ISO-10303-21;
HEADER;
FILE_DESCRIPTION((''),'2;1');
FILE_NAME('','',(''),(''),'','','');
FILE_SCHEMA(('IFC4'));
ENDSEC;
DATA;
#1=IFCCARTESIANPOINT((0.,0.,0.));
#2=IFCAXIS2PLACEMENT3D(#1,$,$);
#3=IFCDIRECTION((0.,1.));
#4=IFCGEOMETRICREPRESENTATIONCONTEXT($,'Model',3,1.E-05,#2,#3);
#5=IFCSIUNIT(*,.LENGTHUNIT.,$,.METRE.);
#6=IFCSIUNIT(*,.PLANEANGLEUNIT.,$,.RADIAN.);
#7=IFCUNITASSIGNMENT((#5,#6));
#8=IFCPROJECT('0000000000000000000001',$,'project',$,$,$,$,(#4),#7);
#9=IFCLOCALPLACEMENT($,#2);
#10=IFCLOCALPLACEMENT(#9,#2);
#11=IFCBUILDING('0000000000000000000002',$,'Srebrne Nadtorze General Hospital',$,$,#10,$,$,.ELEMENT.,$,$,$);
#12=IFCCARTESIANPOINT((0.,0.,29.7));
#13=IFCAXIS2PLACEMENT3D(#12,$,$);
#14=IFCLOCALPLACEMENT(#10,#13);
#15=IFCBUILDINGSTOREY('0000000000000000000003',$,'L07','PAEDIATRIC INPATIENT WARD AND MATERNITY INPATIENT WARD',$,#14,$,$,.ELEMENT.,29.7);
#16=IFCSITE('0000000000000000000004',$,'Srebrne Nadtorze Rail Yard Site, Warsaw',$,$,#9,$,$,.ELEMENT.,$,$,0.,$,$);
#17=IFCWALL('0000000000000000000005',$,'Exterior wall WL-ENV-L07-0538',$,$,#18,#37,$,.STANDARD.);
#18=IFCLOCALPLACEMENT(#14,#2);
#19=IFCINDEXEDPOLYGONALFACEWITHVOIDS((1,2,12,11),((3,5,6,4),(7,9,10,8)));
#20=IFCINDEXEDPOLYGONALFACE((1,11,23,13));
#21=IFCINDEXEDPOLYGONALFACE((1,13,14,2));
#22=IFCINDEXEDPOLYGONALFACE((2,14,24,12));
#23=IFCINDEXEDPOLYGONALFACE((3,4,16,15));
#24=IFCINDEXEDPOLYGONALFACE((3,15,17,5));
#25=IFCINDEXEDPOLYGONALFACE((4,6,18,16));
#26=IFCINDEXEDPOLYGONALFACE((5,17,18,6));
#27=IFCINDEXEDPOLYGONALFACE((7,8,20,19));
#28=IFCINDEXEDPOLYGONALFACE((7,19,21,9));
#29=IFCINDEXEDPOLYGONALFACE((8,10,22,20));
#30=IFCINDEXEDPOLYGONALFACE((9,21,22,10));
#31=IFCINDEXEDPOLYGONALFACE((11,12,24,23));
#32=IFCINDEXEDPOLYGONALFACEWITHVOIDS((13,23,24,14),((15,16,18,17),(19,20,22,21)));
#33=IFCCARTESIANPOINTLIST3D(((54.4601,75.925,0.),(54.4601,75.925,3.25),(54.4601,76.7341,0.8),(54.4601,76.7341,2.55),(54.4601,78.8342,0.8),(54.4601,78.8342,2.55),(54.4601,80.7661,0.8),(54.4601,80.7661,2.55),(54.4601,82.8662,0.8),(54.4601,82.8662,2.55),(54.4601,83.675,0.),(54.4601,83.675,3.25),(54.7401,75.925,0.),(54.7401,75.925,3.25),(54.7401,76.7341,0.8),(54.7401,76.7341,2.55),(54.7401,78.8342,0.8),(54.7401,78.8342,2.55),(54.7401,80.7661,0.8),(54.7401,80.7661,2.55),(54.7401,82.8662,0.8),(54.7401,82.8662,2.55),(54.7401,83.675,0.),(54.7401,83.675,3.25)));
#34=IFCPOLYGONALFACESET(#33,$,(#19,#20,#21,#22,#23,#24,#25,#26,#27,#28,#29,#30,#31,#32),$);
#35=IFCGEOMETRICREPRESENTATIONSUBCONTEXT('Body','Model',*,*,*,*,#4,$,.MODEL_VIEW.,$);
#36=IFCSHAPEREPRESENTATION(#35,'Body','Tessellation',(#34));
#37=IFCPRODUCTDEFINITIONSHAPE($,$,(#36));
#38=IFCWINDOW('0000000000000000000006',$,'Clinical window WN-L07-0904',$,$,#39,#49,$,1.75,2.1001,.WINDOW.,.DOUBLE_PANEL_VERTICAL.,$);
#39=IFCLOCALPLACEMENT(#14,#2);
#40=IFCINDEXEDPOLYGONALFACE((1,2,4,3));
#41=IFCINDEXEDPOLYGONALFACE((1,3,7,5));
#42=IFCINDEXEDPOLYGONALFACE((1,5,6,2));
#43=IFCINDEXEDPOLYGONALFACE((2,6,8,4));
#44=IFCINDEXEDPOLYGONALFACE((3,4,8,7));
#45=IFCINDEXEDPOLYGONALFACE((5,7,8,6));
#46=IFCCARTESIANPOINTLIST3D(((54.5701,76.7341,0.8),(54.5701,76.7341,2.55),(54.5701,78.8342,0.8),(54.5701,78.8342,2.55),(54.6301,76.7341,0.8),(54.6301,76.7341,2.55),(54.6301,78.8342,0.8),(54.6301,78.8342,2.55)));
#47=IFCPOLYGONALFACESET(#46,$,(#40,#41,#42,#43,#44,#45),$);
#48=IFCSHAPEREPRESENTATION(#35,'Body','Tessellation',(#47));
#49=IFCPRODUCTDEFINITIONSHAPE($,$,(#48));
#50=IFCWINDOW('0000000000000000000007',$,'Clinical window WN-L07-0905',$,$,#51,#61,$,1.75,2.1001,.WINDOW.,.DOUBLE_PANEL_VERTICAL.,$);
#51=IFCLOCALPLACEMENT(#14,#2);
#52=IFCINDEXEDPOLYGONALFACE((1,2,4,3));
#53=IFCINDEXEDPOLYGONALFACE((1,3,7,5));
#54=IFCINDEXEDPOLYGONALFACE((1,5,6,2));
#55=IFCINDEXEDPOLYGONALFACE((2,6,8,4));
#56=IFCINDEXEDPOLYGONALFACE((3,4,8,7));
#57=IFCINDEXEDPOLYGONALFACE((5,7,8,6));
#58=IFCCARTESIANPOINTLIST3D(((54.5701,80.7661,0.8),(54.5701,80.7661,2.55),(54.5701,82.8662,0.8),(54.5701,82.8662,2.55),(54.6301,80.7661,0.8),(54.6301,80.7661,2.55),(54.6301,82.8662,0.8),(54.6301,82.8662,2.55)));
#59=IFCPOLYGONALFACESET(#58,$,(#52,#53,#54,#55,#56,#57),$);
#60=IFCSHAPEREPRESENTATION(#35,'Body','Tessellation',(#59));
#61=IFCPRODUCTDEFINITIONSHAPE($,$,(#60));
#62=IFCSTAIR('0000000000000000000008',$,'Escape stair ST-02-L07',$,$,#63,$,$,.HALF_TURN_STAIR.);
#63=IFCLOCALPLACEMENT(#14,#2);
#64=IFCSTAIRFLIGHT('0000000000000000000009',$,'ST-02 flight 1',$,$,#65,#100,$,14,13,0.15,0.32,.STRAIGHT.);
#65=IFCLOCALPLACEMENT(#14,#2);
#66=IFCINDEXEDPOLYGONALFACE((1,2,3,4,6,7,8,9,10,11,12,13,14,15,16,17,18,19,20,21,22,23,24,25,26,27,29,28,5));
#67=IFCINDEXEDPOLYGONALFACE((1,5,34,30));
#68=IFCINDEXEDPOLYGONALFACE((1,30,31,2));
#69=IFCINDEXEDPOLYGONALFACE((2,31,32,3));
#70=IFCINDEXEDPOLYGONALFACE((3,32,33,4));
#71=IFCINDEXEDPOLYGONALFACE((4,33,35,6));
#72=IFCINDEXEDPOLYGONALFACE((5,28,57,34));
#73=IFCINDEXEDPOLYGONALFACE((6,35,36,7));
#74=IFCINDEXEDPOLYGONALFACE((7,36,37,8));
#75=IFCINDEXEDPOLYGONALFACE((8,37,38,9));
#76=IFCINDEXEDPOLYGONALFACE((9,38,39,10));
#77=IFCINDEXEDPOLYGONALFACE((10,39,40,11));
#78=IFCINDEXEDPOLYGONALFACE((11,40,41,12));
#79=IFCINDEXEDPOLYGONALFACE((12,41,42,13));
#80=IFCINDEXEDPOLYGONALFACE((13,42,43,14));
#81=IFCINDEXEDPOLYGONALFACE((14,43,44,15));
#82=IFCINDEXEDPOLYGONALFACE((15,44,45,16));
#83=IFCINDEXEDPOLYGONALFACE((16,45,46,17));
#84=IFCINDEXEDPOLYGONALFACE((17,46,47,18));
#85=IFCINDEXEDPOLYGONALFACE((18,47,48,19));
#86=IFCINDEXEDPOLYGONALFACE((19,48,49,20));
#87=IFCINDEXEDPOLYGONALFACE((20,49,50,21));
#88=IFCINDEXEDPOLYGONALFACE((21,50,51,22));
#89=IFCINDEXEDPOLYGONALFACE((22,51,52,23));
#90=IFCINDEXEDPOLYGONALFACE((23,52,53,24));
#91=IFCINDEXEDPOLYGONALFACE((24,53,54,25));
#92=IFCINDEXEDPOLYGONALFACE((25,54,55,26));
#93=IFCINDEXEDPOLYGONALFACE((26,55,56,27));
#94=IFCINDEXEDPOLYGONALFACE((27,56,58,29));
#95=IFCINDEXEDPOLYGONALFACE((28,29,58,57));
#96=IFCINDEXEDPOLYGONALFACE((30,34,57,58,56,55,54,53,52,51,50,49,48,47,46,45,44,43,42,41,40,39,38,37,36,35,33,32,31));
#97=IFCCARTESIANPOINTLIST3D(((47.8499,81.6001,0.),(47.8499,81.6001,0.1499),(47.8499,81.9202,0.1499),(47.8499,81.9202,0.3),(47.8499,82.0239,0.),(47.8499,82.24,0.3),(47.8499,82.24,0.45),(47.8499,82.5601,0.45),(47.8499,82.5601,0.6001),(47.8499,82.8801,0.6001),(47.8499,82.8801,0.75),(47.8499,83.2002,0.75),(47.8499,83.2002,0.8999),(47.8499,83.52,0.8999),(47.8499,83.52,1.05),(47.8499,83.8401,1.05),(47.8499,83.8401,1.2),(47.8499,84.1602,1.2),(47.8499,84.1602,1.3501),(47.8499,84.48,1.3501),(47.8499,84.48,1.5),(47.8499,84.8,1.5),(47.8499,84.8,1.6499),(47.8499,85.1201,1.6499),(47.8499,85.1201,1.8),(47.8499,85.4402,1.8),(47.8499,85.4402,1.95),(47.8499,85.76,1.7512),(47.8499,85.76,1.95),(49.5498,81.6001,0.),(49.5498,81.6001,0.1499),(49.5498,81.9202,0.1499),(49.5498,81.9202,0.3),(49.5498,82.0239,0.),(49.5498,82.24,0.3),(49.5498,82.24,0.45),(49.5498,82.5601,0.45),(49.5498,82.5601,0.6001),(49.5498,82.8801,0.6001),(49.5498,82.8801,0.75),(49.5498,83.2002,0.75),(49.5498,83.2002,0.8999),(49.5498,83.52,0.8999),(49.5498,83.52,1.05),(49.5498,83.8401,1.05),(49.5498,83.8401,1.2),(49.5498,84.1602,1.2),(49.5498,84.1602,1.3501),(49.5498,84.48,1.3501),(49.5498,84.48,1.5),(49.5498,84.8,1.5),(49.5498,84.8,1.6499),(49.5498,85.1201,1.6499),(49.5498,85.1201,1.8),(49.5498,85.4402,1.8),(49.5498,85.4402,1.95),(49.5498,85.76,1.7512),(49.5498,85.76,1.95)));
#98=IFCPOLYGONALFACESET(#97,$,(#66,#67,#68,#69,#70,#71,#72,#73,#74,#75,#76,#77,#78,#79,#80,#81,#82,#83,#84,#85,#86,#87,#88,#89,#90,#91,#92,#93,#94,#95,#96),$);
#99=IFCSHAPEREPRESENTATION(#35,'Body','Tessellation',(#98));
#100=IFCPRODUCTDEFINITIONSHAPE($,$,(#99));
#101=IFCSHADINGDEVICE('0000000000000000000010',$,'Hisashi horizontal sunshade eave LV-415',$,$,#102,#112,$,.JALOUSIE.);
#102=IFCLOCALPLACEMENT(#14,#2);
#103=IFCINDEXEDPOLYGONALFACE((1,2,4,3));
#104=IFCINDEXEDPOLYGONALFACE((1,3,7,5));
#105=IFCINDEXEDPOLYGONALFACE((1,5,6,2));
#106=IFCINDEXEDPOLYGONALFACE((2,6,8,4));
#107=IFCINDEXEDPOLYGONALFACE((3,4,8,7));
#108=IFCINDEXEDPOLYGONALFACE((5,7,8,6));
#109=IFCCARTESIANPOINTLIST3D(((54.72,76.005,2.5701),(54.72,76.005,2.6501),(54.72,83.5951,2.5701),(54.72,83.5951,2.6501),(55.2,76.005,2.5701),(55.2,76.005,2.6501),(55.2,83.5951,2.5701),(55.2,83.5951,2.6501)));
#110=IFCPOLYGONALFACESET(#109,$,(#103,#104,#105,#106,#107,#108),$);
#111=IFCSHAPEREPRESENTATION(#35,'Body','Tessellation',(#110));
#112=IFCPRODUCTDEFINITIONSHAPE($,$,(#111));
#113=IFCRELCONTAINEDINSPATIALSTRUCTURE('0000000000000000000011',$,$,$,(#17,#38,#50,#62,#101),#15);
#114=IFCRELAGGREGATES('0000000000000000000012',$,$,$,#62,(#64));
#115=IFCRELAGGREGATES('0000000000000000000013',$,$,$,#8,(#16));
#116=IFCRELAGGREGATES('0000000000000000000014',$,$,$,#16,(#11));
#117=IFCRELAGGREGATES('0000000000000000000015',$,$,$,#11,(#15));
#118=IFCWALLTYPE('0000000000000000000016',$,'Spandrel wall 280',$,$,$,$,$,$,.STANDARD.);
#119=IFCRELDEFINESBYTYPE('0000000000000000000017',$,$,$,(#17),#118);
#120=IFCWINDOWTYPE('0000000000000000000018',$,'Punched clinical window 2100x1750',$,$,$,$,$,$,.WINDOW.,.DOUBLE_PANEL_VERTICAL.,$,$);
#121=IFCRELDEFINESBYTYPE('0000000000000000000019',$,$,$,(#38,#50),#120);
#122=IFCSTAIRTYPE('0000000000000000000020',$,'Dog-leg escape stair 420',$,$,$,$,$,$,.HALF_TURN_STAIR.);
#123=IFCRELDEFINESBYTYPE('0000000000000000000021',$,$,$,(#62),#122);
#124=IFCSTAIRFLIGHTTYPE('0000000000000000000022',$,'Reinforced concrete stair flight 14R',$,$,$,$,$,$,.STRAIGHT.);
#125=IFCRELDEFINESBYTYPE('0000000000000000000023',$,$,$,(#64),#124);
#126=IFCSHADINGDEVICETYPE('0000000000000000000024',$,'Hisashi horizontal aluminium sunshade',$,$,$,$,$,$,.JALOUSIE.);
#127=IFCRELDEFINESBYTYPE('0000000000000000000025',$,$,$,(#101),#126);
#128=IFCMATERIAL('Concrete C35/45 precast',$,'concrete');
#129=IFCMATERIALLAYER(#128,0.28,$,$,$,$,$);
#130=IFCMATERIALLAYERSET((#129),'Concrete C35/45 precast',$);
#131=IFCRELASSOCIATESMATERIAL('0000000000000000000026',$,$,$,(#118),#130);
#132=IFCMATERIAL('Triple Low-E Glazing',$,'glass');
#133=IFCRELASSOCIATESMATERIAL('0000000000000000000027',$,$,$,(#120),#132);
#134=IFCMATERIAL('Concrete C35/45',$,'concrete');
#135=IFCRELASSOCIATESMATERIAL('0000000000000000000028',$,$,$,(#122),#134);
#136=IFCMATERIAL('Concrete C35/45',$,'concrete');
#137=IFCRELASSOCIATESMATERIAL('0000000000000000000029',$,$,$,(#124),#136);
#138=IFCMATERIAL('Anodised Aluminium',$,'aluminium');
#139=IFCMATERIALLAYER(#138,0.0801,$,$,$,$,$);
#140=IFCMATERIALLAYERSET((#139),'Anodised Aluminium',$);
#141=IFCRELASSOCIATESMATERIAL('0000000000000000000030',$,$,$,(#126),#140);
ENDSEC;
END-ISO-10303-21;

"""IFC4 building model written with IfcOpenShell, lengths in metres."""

from ifc_helpers import new_model, si_unit, direction, frame, frame_2d, origin, origin_2d, place, context, subcontext, project, spatial, polyline, rectangle, outline, extrude, material, layer, layer_set, type_object, element, fill, aggregate, save


model = new_model("IFC4")

# Units and contexts
model_context = context("Model", 3, precision=1e-05, world=origin(), true_north=direction((0.0, 1.0)))
body_context = subcontext(model_context, "Body", "Model", "MODEL_VIEW")
ifc_project = project(units=[si_unit("LENGTHUNIT", "METRE"), si_unit("PLANEANGLEUNIT", "RADIAN")], contexts=[model_context])

# Site, building, storey
site_placement = place(None, origin())
site = spatial("IfcSite", under=ifc_project, at=site_placement, Name="Srebrne Nadtorze Rail Yard Site, Warsaw", CompositionType="ELEMENT", RefElevation=0.0)
building_placement = place(site_placement, origin())
building = spatial("IfcBuilding", under=site, at=building_placement, Name="Srebrne Nadtorze General Hospital", CompositionType="ELEMENT")
storey_placement = place(building_placement, frame((0.0, 0.0, 29.7)))
storey = spatial("IfcBuildingStorey", under=building, at=storey_placement, Name="L07", Description="PAEDIATRIC INPATIENT WARD AND MATERNITY INPATIENT WARD", CompositionType="ELEMENT", Elevation=29.7)

# Wall, openings, windows
ifc_material_1 = material(Name="Concrete C35/45 precast", Category="concrete")
ifc_layer_1 = layer(ifc_material_1, 0.28)
ifc_layer_set_1 = layer_set([ifc_layer_1], Name="Concrete C35/45 precast")
wall_type_1 = type_object("IfcWallType", Name="Spandrel wall 280", PredefinedType="STANDARD", material=ifc_layer_set_1)
wall_1_placement = place(storey_placement, frame((54.6001, 75.925, 0.0), z_axis=(0.0, 0.0, 1.0), x_axis=(0.0, 1.0, 0.0)))
wall_1 = element("IfcWall", 1, at=wall_1_placement, inside=storey, type_object=wall_type_1, Name="Exterior wall WL-ENV-L07-0538", PredefinedType="STANDARD", context=body_context, shape_type="SweptSolid", body=[
    extrude(rectangle(XDim=7.75, YDim=0.28, at=frame_2d((3.875, 0.0))), origin(), (0.0, 0.0, 1.0), 3.25),
])
opening_1_placement = place(wall_1_placement, frame((0.8091, 0.0, 0.8)))
opening_1 = element("IfcOpeningElement", 2, at=opening_1_placement, cuts=wall_1, PredefinedType="OPENING", context=body_context, shape_type="SweptSolid", body=[
    extrude(rectangle(XDim=2.1001, YDim=1.75, at=frame_2d((1.05, 0.875))), frame((0.0, 0.1519, 0.0), z_axis=(0.0, -1.0, 0.0), x_axis=(1.0, 0.0, 0.0)), (0.0, 0.0, 1.0), 0.304),
])
opening_2_placement = place(wall_1_placement, frame((4.8411, 0.0, 0.8)))
opening_2 = element("IfcOpeningElement", 3, at=opening_2_placement, cuts=wall_1, PredefinedType="OPENING", context=body_context, shape_type="SweptSolid", body=[
    extrude(rectangle(XDim=2.1001, YDim=1.75, at=frame_2d((1.05, 0.875))), frame((0.0, 0.1519, 0.0), z_axis=(0.0, -1.0, 0.0), x_axis=(1.0, 0.0, 0.0)), (0.0, 0.0, 1.0), 0.304),
])
ifc_material_2 = material(Name="Triple Low-E Glazing", Category="glass")
window_type = type_object("IfcWindowType", Name="Punched clinical window 2100x1750", PartitioningType="DOUBLE_PANEL_VERTICAL", PredefinedType="WINDOW", material=ifc_material_2)
window_1_placement = place(opening_1_placement, origin())
window_1 = element("IfcWindow", 4, at=window_1_placement, inside=storey, type_object=window_type, Name="Clinical window WN-L07-0904", OverallHeight=1.75, OverallWidth=2.1001, PartitioningType="DOUBLE_PANEL_VERTICAL", PredefinedType="WINDOW", context=body_context, shape_type="SweptSolid", body=[
    extrude(rectangle(XDim=2.1001, YDim=1.75, at=frame_2d((1.05, 0.875))), frame((0.0, 0.03, 0.0), z_axis=(0.0, -1.0, 0.0), x_axis=(1.0, 0.0, 0.0)), (0.0, 0.0, 1.0), 0.0601),
])
fill(opening_1, window_1)
window_2_placement = place(opening_2_placement, origin())
window_2 = element("IfcWindow", 5, at=window_2_placement, inside=storey, type_object=window_type, Name="Clinical window WN-L07-0905", OverallHeight=1.75, OverallWidth=2.1001, PartitioningType="DOUBLE_PANEL_VERTICAL", PredefinedType="WINDOW", context=body_context, shape_type="SweptSolid", body=[
    extrude(rectangle(XDim=2.1001, YDim=1.75, at=frame_2d((1.05, 0.875))), frame((0.0, 0.03, 0.0), z_axis=(0.0, -1.0, 0.0), x_axis=(1.0, 0.0, 0.0)), (0.0, 0.0, 1.0), 0.0601),
])
fill(opening_2, window_2)

# Stair, stair flight
ifc_material_3 = material(Name="Concrete C35/45", Category="concrete")
stair_type = type_object("IfcStairType", Name="Dog-leg escape stair 420", PredefinedType="HALF_TURN_STAIR", material=ifc_material_3)
stair_placement = place(storey_placement, origin())
stair = element("IfcStair", 6, at=stair_placement, inside=storey, type_object=stair_type, Name="Escape stair ST-02-L07", PredefinedType="HALF_TURN_STAIR")
ifc_material_4 = material(Name="Concrete C35/45", Category="concrete")
stair_flight_type = type_object("IfcStairFlightType", Name="Reinforced concrete stair flight 14R", PredefinedType="STRAIGHT", material=ifc_material_4)
stair_flight_placement = place(storey_placement, frame((48.7, 81.6001, 0.0), z_axis=(0.0, 0.0, 1.0), x_axis=(0.0, 1.0, 0.0)))
stair_flight = element("IfcStairFlight", 7, at=stair_flight_placement, type_object=stair_flight_type, Name="ST-02 flight 1", NumberOfRisers=14, NumberOfTreads=13, PredefinedType="STRAIGHT", RiserHeight=0.15, TreadLength=0.32, context=body_context, shape_type="SweptSolid", body=[
    extrude(outline(polyline([(0.0, 0.0), (0.0, 0.1499), (0.3201, 0.1499), (0.3201, 0.3), (0.6399, 0.3), (0.6399, 0.45), (0.96, 0.45), (0.96, 0.6001), (1.28, 0.6001), (1.28, 0.75), (1.6001, 0.75), (1.6001, 0.8999), (1.9199, 0.8999), (1.9199, 1.05), (2.24, 1.05), (2.24, 1.2), (2.5601, 1.2), (2.5601, 1.3501), (2.8799, 1.3501), (2.8799, 1.5), (3.2, 1.5), (3.2, 1.6499), (3.52, 1.6499), (3.52, 1.8), (3.8401, 1.8), (3.8401, 1.95), (4.1599, 1.95), (4.1599, 2.1001), (4.1599, 1.7512), (0.4238, 0.0), (0.0, 0.0)])), frame((0.0, 0.8501, 0.0), z_axis=(0.0, -1.0, 0.0), x_axis=(1.0, 0.0, 0.0)), (0.0, 0.0, 1.0), 1.7),
])
aggregate(stair, [stair_flight])

# Shading device
ifc_material_5 = material(Name="Anodised Aluminium", Category="aluminium")
ifc_layer_2 = layer(ifc_material_5, 0.0801)
ifc_layer_set_2 = layer_set([ifc_layer_2], Name="Anodised Aluminium")
shading_device_type = type_object("IfcShadingDeviceType", Name="Hisashi horizontal aluminium sunshade", PredefinedType="JALOUSIE", material=ifc_layer_set_2)
shading_device_placement = place(storey_placement, frame((54.96, 79.8, 2.5701), z_axis=(0.0, 0.0, 1.0), x_axis=(1.0, 0.0, 0.0)))
element("IfcShadingDevice", 8, at=shading_device_placement, inside=storey, type_object=shading_device_type, Name="Hisashi horizontal sunshade eave LV-415", PredefinedType="JALOUSIE", context=body_context, shape_type="SweptSolid", body=[
    extrude(rectangle(XDim=0.48, YDim=7.5901, at=origin_2d()), origin(), (0.0, 0.0, 1.0), 0.0801),
])

save(model, "model.ifc")
